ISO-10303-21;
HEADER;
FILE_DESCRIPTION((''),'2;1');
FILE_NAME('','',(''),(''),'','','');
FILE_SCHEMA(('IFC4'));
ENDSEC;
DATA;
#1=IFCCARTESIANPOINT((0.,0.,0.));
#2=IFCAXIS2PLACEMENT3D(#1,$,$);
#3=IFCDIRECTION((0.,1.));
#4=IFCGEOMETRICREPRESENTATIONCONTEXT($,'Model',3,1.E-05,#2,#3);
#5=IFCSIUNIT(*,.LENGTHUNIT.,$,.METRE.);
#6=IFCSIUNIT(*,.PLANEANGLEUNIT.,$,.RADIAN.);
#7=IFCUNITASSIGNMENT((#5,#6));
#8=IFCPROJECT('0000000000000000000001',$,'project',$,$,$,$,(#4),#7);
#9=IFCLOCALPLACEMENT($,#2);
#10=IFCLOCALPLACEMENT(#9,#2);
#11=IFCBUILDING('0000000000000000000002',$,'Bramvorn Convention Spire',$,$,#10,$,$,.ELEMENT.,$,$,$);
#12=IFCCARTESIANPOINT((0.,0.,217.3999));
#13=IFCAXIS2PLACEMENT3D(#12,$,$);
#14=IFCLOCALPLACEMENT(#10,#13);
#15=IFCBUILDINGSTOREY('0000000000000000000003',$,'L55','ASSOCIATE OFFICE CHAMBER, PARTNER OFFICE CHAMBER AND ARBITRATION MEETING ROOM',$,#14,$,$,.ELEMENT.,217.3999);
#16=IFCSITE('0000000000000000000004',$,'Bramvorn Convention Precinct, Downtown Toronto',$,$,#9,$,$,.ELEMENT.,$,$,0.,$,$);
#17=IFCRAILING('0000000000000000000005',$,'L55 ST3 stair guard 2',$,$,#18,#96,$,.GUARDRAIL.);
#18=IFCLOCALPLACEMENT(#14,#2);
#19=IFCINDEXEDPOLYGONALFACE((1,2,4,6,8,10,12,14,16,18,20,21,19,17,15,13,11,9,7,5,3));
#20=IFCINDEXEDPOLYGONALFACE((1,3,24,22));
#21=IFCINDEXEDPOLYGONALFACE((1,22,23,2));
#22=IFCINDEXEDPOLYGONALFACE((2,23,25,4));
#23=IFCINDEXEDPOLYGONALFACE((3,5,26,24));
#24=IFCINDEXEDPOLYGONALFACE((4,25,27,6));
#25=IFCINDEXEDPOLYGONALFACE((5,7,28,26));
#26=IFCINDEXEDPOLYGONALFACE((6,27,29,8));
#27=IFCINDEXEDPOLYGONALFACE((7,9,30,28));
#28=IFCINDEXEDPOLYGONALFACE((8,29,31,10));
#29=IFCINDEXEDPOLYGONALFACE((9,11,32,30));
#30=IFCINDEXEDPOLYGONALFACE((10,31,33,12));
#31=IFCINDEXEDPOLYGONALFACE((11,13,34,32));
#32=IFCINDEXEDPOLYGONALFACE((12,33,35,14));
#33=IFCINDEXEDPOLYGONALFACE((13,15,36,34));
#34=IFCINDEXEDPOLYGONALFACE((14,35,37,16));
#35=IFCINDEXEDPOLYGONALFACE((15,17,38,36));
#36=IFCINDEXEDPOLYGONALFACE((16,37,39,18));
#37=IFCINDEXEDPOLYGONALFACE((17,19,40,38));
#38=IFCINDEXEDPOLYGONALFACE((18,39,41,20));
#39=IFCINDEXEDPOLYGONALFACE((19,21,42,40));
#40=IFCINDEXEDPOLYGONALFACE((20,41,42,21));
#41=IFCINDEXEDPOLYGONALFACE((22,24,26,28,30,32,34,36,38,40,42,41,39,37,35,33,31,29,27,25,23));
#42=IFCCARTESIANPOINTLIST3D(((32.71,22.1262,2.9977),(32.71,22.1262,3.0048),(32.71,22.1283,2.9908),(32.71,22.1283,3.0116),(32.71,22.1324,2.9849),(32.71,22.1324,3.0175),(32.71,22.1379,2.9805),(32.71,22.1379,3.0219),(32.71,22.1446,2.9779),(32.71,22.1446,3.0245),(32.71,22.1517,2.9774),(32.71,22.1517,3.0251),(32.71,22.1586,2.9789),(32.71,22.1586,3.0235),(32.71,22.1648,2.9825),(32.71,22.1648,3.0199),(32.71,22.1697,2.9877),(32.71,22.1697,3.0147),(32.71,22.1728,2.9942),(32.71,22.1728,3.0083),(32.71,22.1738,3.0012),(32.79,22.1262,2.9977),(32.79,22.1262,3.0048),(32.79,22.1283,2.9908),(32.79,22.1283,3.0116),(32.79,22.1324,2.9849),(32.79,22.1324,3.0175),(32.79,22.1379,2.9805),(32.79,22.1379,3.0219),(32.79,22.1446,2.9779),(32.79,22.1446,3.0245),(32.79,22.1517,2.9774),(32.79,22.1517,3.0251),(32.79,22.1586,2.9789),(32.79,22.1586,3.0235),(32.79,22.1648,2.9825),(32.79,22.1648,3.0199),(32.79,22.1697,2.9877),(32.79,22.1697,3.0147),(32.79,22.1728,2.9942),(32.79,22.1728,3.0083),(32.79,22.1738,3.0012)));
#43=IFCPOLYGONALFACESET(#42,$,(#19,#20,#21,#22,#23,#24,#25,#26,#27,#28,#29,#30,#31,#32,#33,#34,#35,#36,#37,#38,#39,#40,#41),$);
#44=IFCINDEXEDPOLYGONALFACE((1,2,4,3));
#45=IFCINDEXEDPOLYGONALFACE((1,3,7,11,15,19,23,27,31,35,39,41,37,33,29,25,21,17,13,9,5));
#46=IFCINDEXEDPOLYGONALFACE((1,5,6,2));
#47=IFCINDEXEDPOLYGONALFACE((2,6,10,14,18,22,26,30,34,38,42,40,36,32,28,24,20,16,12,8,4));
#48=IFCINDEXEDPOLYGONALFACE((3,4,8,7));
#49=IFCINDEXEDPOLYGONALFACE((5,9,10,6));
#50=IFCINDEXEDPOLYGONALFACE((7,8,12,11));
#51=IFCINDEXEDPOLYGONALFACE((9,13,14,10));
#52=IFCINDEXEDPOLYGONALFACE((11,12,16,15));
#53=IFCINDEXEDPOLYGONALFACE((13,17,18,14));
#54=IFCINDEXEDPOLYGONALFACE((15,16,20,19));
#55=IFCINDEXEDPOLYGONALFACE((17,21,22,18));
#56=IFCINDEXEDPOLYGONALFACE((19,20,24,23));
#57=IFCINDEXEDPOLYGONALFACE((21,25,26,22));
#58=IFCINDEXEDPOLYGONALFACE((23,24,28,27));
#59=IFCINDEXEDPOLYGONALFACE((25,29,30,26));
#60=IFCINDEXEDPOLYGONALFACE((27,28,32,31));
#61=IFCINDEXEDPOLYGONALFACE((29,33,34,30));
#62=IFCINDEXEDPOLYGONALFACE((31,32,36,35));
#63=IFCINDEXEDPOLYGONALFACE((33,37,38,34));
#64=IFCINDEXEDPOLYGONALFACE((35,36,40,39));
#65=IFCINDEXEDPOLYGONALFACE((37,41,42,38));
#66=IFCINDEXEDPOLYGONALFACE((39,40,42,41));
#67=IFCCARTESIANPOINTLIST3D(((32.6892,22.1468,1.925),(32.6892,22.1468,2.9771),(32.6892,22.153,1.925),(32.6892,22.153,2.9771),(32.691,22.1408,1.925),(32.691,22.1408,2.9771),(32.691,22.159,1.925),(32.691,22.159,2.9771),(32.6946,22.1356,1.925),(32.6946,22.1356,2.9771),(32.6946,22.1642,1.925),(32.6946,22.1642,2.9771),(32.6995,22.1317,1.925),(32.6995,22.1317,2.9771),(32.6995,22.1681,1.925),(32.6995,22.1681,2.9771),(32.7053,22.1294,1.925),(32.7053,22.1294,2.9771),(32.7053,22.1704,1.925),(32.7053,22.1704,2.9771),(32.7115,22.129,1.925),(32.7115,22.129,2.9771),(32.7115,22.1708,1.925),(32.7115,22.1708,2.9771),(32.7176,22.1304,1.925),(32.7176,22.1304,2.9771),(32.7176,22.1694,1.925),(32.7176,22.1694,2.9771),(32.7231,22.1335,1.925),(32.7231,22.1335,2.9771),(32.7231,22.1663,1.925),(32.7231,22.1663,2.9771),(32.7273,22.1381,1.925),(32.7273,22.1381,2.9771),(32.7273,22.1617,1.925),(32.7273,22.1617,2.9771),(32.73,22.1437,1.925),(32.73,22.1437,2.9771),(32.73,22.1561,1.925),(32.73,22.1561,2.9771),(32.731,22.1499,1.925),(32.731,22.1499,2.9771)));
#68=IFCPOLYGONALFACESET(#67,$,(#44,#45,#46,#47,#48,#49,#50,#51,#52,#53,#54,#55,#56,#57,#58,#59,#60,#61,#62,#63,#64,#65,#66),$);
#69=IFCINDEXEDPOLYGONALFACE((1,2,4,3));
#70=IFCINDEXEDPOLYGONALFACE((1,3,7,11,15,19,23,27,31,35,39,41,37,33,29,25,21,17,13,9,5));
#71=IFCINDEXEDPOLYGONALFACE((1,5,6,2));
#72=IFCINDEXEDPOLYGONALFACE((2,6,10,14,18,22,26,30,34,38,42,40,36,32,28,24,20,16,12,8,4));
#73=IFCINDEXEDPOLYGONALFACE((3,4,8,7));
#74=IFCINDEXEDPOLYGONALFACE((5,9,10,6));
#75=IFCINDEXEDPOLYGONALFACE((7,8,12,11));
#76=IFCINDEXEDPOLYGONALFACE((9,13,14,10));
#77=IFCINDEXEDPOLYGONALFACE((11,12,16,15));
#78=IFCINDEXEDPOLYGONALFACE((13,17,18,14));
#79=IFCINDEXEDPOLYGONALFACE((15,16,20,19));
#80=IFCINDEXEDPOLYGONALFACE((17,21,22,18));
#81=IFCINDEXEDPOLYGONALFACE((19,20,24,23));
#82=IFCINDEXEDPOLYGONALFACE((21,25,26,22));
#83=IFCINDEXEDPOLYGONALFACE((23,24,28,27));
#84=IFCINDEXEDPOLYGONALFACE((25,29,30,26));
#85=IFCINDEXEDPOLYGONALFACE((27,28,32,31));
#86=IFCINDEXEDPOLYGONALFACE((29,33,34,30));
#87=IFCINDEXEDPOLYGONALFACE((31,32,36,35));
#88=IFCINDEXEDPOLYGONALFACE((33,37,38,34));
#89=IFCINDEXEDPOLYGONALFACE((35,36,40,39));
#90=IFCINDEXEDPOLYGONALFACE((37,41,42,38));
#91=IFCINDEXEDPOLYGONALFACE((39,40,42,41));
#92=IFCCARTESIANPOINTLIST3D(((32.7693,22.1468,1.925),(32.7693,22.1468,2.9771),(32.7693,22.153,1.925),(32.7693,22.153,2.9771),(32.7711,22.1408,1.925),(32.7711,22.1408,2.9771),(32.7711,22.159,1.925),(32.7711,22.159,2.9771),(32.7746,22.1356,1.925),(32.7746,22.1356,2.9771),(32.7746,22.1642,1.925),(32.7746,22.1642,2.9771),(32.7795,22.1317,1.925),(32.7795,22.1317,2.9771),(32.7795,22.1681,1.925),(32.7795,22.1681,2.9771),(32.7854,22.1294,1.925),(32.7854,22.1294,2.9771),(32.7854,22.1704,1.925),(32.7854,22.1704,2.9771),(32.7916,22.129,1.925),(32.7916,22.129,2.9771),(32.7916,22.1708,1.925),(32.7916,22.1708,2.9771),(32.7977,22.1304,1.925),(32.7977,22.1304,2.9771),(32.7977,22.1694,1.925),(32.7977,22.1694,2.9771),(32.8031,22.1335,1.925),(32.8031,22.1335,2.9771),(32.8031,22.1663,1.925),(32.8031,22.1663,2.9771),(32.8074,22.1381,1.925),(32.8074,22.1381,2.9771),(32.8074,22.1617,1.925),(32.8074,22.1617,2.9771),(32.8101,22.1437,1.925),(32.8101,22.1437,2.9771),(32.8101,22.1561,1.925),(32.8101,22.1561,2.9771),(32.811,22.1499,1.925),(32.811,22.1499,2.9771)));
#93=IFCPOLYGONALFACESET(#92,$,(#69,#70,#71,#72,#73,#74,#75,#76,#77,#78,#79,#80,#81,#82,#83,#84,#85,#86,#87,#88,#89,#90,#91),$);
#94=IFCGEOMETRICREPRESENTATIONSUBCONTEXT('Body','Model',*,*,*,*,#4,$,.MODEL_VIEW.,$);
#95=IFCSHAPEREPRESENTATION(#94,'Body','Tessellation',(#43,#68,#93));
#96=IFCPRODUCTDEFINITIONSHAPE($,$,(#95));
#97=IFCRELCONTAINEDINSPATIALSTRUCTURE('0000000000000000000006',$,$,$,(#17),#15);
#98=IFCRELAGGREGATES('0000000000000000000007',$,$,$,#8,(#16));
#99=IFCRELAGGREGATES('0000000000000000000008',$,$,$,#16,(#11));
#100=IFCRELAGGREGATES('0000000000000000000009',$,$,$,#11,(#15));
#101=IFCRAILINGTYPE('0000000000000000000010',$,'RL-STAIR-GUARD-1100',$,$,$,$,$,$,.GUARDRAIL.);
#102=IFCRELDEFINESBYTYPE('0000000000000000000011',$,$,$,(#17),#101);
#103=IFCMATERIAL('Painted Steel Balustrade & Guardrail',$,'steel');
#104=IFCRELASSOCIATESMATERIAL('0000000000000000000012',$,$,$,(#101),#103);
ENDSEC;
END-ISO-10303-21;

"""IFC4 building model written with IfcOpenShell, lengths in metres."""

from ifc_helpers import new_model, si_unit, direction, frame, origin, origin_2d, place, context, subcontext, project, spatial, circle, extrude, material, type_object, element, save


model = new_model("IFC4")

# Units and contexts
model_context = context("Model", 3, precision=1e-05, world=origin(), true_north=direction((0.0, 1.0)))
body_context = subcontext(model_context, "Body", "Model", "MODEL_VIEW")
ifc_project = project(units=[si_unit("LENGTHUNIT", "METRE"), si_unit("PLANEANGLEUNIT", "RADIAN")], contexts=[model_context])

# Site, building, storey
site_placement = place(None, origin())
site = spatial("IfcSite", under=ifc_project, at=site_placement, Name="Bramvorn Convention Precinct, Downtown Toronto", CompositionType="ELEMENT", RefElevation=0.0)
building_placement = place(site_placement, origin())
building = spatial("IfcBuilding", under=site, at=building_placement, Name="Bramvorn Convention Spire", CompositionType="ELEMENT")
storey_placement = place(building_placement, frame((0.0, 0.0, 217.3999)))
storey = spatial("IfcBuildingStorey", under=building, at=storey_placement, Name="L55", Description="ASSOCIATE OFFICE CHAMBER, PARTNER OFFICE CHAMBER AND ARBITRATION MEETING ROOM", CompositionType="ELEMENT", Elevation=217.3999)

# Railing
ifc_material_1 = material(Name="Painted Steel Balustrade & Guardrail", Category="steel")
railing_type_1 = type_object("IfcRailingType", Name="RL-STAIR-GUARD-1100", PredefinedType="GUARDRAIL", material=ifc_material_1)
railing_1_placement = place(storey_placement, frame((32.71, 22.1499, 1.925)))
element("IfcRailing", 1, at=railing_1_placement, inside=storey, type_object=railing_type_1, Name="L55 ST3 stair guard 2", PredefinedType="GUARDRAIL", context=body_context, shape_type="SweptSolid", body=[
    extrude(circle(Radius=0.0239, at=origin_2d()), frame((0.0, 0.0, 1.0762), z_axis=(1.0, 0.0, 0.0), x_axis=(0.0, 1.0, 0.0)), (0.0, 0.0, 1.0), 0.0801),
    extrude(circle(Radius=0.021, at=origin_2d()), origin(), (0.0, 0.0, 1.0), 1.052),
    extrude(circle(Radius=0.021, at=origin_2d()), frame((0.0801, 0.0, 0.0)), (0.0, 0.0, 1.0), 1.052),
])

save(model, "model.ifc")
